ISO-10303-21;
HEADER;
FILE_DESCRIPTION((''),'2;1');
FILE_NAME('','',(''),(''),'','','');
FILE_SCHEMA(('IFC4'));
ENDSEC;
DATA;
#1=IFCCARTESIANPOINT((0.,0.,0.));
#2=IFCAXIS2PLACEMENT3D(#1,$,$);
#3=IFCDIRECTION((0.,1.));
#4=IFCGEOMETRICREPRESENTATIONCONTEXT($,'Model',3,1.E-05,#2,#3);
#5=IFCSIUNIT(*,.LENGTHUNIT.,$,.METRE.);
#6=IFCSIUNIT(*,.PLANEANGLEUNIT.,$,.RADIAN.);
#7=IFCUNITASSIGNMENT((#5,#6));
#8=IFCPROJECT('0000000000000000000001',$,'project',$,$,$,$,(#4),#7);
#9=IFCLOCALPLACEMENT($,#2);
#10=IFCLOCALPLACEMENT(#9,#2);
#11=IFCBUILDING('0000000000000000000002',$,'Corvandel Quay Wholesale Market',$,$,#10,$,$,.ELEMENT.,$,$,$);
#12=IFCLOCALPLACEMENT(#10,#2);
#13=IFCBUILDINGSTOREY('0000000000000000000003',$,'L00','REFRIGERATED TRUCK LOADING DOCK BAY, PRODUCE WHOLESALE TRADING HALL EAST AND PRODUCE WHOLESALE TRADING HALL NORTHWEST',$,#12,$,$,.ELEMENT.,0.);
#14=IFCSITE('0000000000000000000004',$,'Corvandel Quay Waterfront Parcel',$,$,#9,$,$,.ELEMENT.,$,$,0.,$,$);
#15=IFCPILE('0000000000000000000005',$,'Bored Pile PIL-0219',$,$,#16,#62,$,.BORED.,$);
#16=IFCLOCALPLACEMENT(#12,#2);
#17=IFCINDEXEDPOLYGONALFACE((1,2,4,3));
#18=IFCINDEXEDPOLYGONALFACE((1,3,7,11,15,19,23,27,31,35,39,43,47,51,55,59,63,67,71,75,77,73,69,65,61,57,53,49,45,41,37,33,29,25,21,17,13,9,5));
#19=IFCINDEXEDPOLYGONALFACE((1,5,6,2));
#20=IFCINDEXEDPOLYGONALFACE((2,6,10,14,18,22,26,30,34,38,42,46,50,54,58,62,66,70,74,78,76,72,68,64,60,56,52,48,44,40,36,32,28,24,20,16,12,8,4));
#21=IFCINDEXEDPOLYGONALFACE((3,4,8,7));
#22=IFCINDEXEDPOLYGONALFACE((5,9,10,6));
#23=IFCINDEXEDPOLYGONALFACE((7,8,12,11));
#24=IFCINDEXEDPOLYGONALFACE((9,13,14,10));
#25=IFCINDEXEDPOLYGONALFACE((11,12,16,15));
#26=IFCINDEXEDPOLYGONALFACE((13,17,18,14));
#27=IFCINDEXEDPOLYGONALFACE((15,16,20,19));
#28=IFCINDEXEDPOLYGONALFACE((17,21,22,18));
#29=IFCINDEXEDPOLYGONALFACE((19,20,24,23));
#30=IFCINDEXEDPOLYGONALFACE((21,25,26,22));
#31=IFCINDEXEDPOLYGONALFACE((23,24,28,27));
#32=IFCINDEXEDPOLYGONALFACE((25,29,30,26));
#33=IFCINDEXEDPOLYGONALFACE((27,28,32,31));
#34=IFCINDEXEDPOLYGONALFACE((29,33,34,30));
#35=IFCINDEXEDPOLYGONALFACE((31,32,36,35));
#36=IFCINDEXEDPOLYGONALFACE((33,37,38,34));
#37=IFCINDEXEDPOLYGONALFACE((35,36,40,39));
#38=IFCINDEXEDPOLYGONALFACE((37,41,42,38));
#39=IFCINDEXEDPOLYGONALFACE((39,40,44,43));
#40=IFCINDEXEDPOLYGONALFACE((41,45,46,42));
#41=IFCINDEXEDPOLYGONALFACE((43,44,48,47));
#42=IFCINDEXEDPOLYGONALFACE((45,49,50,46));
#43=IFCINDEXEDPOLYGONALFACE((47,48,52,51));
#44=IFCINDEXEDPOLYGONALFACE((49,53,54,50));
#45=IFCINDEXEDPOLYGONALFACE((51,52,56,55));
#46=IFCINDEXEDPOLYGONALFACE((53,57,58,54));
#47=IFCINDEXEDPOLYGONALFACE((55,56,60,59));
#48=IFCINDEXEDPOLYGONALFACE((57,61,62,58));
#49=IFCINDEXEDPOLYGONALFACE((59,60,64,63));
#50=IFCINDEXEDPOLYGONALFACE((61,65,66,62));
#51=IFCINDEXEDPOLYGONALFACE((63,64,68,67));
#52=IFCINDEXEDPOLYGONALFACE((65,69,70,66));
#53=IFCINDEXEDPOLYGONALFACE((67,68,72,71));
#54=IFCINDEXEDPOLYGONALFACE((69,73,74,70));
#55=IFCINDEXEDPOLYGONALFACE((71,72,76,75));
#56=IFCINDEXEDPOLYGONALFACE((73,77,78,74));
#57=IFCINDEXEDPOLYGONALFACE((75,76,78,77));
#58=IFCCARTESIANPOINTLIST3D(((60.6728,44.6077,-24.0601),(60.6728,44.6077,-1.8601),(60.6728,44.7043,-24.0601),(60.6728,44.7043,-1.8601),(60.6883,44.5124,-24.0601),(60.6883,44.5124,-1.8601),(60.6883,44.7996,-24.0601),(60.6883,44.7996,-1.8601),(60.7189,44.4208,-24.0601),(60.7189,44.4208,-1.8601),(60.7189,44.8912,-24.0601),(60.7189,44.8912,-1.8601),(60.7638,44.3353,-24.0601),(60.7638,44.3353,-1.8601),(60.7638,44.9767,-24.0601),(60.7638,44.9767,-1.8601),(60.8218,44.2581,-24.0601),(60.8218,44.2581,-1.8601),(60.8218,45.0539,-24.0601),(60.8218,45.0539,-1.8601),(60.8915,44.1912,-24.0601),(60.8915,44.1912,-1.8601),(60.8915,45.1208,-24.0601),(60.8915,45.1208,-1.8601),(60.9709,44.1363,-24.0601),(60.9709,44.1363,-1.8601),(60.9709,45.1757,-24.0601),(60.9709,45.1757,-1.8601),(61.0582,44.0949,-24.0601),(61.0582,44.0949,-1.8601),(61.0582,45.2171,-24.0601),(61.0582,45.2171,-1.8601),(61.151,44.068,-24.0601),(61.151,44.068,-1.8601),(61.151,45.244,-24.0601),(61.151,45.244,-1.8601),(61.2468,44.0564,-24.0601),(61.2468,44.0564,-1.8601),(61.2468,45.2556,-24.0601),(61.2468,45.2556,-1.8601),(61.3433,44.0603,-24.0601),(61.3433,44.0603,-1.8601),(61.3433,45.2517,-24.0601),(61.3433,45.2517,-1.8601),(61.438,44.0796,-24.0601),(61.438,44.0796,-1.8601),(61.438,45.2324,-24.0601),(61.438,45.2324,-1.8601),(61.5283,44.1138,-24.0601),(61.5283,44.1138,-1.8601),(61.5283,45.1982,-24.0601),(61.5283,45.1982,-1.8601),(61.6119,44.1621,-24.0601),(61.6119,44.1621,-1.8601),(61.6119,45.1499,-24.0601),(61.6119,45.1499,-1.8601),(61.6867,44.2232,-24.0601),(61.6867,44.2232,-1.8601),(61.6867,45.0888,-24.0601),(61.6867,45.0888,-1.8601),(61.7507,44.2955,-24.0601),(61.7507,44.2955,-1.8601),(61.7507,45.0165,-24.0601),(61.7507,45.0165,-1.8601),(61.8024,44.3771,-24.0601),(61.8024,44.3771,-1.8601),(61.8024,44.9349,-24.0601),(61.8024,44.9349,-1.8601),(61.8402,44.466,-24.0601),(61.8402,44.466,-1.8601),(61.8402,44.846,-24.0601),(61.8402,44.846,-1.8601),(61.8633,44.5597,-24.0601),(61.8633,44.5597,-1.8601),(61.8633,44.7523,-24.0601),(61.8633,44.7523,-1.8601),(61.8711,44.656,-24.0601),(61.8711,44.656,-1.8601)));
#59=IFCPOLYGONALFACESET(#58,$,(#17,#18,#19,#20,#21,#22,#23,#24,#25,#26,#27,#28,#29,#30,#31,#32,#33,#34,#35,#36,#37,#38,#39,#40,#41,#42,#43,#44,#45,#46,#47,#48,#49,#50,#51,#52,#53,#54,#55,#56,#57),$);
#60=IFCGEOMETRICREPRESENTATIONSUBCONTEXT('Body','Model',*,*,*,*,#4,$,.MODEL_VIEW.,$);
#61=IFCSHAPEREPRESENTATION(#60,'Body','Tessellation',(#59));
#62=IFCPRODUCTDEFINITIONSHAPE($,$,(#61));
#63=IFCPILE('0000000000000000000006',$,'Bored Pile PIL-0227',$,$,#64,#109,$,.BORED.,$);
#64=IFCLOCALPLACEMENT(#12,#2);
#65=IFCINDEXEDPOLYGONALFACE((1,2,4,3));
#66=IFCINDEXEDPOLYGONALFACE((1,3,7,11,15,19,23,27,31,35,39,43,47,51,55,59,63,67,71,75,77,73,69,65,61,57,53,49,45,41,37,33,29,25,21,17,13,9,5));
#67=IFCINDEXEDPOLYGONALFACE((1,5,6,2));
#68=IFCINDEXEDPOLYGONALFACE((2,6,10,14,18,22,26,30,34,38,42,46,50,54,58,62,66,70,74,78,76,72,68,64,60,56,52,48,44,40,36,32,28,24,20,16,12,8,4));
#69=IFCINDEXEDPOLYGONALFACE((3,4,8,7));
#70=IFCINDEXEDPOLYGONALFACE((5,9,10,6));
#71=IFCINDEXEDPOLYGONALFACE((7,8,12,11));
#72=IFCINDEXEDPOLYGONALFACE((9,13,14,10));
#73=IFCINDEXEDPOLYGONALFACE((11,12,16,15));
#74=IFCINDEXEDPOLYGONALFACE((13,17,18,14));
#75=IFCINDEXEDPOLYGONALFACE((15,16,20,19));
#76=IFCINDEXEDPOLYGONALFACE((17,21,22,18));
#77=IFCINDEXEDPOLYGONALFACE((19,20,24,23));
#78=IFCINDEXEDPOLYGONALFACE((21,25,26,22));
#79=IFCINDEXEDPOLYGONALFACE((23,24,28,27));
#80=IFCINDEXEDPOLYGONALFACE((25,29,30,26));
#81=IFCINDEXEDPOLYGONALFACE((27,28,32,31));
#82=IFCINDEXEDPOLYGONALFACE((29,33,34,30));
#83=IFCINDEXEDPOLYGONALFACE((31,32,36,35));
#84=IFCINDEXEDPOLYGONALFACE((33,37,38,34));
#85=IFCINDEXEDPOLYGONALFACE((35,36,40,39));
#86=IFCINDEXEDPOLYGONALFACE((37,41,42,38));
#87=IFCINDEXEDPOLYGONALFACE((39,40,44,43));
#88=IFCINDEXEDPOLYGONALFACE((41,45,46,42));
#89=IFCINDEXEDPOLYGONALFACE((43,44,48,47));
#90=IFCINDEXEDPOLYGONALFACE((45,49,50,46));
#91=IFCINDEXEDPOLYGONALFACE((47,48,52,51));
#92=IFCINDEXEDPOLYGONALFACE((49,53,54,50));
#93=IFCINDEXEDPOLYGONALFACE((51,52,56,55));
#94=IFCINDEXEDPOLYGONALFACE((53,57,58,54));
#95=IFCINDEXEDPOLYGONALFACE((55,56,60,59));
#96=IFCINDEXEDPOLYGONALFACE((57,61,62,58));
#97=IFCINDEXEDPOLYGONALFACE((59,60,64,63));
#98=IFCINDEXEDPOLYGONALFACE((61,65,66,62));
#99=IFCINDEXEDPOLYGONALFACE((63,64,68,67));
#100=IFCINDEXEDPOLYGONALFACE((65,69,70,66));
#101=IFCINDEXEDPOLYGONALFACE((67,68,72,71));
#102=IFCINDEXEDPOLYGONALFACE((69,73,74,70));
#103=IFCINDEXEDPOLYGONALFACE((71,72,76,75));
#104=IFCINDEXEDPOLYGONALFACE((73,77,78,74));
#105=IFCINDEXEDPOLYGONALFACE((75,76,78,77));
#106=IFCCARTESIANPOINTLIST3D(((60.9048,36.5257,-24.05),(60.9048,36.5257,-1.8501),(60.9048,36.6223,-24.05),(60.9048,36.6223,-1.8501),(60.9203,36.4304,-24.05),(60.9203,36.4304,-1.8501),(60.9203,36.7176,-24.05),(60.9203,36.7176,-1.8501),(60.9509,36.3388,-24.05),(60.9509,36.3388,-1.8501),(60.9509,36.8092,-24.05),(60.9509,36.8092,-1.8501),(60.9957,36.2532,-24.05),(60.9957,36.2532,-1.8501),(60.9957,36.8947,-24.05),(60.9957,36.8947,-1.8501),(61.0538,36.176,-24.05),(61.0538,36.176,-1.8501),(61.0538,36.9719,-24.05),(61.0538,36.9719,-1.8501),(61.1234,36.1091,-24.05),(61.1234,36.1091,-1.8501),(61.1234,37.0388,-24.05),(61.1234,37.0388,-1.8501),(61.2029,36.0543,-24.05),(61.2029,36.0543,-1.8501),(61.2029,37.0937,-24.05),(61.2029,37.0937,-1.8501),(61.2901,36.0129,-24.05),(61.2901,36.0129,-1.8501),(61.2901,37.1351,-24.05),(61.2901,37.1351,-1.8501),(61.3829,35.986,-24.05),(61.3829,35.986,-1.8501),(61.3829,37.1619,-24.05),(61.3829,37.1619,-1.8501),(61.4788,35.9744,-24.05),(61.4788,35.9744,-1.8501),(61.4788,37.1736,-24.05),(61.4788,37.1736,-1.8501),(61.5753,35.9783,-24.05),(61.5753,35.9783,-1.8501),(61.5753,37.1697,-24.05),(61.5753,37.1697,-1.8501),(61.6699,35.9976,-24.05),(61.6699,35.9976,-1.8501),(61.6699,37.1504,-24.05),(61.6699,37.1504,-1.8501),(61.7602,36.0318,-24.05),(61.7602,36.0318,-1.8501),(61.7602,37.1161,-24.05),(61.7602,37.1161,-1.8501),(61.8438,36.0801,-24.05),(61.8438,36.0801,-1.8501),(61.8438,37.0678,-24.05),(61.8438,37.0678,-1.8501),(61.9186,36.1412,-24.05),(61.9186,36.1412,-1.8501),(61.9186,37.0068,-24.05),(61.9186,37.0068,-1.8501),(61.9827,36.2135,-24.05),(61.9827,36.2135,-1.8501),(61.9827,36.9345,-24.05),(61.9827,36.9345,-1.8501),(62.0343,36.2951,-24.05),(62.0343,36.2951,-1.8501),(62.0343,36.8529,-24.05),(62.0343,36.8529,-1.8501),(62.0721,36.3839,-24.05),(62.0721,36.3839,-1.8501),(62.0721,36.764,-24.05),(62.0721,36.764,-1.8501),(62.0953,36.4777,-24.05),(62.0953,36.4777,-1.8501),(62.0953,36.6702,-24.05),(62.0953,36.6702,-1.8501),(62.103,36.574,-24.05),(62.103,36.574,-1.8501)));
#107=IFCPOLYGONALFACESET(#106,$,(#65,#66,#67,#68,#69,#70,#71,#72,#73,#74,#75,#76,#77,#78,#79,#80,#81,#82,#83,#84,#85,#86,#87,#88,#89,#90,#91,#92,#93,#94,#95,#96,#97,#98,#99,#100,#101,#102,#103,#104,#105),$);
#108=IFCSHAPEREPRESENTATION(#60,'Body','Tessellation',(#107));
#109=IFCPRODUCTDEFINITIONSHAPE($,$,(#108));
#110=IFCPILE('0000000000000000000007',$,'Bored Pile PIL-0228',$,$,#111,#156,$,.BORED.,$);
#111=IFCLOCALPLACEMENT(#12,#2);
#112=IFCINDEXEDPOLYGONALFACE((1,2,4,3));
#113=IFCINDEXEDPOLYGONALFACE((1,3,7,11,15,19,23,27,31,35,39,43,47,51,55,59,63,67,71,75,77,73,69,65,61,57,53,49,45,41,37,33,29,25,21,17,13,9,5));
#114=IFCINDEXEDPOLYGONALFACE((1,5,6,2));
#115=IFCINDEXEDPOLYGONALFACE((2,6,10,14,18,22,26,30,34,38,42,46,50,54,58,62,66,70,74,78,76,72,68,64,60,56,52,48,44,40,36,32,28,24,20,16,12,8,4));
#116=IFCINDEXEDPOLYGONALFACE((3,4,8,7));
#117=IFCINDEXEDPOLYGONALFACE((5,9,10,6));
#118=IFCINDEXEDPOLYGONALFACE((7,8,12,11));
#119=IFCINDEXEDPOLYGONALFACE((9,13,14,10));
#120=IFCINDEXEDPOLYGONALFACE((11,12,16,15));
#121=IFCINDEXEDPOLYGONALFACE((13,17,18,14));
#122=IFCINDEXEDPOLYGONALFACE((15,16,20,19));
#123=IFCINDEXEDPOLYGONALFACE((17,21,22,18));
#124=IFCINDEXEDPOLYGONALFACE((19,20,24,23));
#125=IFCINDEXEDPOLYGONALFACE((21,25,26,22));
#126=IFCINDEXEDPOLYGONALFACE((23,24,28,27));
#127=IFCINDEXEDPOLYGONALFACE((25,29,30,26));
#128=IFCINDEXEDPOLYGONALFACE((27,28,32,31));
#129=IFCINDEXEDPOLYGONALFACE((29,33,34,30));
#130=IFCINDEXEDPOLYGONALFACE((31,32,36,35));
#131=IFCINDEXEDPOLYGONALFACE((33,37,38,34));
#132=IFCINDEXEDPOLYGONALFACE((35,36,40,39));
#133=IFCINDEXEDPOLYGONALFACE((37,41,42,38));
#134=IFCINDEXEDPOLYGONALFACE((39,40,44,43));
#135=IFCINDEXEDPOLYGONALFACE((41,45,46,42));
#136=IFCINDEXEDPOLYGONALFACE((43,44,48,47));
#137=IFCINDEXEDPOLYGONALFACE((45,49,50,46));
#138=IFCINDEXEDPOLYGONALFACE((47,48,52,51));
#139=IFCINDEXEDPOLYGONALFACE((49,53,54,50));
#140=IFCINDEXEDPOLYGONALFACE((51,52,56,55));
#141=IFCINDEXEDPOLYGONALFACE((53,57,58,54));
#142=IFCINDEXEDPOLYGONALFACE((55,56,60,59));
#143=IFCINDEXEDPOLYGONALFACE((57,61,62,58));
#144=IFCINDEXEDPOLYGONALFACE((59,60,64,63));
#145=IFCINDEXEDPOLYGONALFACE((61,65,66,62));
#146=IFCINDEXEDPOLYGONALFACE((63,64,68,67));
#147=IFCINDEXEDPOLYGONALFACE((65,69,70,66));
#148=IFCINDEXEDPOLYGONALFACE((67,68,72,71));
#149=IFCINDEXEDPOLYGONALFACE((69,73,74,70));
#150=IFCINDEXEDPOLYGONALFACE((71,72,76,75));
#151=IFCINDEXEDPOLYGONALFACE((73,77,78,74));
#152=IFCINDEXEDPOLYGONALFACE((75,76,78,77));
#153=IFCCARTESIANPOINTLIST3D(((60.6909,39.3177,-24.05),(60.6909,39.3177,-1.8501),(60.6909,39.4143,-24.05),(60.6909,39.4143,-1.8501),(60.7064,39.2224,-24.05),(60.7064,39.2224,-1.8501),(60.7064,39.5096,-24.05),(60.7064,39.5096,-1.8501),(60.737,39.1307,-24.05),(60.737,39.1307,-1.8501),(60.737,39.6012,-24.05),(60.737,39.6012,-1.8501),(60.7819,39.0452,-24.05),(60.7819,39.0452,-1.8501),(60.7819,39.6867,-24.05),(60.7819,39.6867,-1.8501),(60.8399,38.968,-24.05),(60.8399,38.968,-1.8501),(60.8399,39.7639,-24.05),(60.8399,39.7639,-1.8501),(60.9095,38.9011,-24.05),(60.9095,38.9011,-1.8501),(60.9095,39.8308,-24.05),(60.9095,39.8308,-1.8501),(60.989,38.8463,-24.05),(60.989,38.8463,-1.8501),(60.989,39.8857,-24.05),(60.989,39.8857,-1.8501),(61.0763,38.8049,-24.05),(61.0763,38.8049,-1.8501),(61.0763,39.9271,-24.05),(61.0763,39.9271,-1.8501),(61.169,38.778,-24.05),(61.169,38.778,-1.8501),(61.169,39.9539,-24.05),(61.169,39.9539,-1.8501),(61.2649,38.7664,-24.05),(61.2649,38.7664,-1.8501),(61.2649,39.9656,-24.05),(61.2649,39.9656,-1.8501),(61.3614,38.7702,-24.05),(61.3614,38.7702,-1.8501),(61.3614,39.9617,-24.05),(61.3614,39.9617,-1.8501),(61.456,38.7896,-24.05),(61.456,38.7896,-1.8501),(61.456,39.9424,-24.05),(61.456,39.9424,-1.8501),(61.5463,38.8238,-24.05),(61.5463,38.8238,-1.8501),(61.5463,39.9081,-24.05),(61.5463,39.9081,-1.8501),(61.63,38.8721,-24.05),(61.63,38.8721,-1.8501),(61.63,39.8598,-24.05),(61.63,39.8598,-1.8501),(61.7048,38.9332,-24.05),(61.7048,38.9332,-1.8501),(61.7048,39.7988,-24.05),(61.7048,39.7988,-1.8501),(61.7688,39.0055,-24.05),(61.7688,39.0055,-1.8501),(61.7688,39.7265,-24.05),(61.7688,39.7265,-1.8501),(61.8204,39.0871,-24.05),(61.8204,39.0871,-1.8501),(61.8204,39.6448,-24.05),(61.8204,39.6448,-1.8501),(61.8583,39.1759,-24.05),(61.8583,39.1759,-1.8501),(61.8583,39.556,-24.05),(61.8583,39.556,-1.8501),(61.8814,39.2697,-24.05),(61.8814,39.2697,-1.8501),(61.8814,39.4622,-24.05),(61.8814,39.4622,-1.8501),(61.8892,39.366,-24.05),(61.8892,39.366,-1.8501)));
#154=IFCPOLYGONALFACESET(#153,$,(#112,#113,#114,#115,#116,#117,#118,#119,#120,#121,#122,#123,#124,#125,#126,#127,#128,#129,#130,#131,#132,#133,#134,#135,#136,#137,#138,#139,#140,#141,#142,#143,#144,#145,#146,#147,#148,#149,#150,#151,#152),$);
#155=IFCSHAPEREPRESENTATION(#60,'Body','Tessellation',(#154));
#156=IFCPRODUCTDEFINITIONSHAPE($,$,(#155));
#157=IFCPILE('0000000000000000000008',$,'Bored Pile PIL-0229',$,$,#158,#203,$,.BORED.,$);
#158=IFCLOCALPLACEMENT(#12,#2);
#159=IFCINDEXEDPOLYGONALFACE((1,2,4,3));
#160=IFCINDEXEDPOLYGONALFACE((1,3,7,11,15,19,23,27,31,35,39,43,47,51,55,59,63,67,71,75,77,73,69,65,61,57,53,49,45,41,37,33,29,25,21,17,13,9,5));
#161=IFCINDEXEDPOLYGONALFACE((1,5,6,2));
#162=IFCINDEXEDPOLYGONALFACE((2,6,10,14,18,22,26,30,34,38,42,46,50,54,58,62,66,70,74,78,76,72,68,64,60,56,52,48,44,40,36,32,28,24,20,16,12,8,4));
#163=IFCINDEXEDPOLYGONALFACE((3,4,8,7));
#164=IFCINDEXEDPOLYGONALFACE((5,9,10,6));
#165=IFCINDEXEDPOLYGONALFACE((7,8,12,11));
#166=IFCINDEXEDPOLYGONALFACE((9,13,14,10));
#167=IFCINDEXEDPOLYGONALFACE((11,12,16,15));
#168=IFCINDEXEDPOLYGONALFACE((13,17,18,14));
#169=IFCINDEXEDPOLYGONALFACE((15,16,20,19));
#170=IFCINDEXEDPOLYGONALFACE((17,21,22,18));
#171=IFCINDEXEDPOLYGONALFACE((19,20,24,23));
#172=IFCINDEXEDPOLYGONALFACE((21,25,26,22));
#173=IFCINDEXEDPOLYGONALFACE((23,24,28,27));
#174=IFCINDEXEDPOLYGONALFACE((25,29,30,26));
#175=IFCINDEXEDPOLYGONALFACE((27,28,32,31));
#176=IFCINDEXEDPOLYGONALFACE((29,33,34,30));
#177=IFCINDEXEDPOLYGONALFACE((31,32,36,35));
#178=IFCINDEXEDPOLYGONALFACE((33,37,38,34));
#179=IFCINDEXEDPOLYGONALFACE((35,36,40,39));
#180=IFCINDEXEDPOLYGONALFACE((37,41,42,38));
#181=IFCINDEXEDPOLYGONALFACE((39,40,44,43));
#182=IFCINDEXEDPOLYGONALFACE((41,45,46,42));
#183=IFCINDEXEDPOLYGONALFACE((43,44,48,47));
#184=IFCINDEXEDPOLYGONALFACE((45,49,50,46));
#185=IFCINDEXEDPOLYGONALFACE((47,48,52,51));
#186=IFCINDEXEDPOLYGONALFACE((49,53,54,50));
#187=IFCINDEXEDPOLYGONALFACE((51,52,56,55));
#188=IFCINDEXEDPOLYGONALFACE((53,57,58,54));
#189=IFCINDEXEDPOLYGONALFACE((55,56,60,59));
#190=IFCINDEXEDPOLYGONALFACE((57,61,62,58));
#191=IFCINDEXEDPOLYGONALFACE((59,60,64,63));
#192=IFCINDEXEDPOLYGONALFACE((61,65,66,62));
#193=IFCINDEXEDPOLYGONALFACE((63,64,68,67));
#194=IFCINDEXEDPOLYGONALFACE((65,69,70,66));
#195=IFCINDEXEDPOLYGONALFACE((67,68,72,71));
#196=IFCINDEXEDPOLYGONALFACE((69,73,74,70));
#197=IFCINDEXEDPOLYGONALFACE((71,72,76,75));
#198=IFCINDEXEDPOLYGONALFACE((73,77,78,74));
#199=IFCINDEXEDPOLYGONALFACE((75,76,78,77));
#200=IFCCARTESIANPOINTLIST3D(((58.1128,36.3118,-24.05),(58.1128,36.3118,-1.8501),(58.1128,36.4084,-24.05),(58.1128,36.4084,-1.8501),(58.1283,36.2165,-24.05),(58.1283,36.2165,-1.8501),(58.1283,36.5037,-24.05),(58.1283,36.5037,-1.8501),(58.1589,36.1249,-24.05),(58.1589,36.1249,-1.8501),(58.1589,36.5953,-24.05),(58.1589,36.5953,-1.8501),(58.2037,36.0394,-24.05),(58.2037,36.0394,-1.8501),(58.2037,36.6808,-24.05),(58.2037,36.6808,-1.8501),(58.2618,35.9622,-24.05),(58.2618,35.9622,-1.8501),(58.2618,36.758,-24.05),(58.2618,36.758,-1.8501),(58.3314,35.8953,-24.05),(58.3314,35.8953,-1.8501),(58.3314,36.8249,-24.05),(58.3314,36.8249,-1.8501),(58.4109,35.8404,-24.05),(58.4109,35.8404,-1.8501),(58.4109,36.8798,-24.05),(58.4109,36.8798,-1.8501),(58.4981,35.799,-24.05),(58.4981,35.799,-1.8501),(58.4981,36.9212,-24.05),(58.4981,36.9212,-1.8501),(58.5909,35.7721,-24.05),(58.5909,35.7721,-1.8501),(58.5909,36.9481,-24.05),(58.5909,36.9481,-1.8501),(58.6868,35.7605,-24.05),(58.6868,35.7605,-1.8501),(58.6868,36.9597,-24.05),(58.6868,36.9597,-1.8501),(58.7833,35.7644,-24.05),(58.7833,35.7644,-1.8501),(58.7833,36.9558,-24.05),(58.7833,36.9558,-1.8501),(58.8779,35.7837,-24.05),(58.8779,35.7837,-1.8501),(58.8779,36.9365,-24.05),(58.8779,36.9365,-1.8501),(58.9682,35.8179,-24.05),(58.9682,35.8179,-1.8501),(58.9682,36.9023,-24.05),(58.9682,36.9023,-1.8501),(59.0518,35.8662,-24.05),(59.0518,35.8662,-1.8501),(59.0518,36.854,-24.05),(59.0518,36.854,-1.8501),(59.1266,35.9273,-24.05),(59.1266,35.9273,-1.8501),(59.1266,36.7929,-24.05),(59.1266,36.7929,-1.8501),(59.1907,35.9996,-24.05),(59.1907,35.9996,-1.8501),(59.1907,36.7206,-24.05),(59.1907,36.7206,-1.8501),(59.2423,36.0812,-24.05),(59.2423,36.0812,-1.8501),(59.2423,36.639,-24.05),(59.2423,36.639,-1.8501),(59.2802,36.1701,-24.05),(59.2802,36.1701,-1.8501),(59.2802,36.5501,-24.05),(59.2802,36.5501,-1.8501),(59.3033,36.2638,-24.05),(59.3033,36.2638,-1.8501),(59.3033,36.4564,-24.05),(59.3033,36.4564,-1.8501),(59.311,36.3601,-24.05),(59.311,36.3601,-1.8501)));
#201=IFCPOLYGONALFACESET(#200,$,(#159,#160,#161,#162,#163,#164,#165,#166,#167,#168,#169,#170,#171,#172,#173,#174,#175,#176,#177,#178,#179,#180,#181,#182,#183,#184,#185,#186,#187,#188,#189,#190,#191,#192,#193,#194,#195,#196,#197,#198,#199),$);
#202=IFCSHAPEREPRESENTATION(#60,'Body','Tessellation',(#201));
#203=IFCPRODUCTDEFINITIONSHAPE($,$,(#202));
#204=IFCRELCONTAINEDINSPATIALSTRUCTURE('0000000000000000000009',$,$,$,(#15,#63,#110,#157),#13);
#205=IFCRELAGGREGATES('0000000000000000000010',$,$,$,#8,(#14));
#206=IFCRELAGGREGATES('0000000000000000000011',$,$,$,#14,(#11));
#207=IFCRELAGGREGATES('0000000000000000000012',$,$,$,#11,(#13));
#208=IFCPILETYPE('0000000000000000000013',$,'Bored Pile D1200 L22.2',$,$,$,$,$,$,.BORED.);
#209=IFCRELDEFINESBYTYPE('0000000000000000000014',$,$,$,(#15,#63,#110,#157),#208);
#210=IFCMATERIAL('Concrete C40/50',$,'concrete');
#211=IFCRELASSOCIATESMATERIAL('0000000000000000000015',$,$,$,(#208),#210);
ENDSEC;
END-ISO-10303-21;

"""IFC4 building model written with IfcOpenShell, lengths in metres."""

from ifc_helpers import new_model, si_unit, direction, frame, origin, origin_2d, place, context, subcontext, project, spatial, circle, extrude, material, material_profile, profile_set, type_object, element, save


model = new_model("IFC4")

# Units and contexts
model_context = context("Model", 3, precision=1e-05, world=origin(), true_north=direction((0.0, 1.0)))
body_context = subcontext(model_context, "Body", "Model", "MODEL_VIEW")
ifc_project = project(units=[si_unit("LENGTHUNIT", "METRE"), si_unit("PLANEANGLEUNIT", "RADIAN")], contexts=[model_context])

# Site, building, storey
site_placement = place(None, origin())
site = spatial("IfcSite", under=ifc_project, at=site_placement, Name="Corvandel Quay Waterfront Parcel", CompositionType="ELEMENT", RefElevation=0.0)
building_placement = place(site_placement, origin())
building = spatial("IfcBuilding", under=site, at=building_placement, Name="Corvandel Quay Wholesale Market", CompositionType="ELEMENT")
storey_placement = place(building_placement, origin())
storey = spatial("IfcBuildingStorey", under=building, at=storey_placement, Name="L00", Description="REFRIGERATED TRUCK LOADING DOCK BAY, PRODUCE WHOLESALE TRADING HALL EAST AND PRODUCE WHOLESALE TRADING HALL NORTHWEST", CompositionType="ELEMENT", Elevation=0.0)

# Piles
ifc_material_1 = material(Name="Concrete C40/50", Category="concrete")
ifc_material_profile_1 = material_profile(ifc_material_1, circle(Radius=0.6001, at=origin_2d()), Name="RC-PILE-D1200")
ifc_profile_set_1 = profile_set([ifc_material_profile_1], Name="Concrete C40/50")
pile_type_1 = type_object("IfcPileType", Name="Bored Pile D1200 L22.2", PredefinedType="BORED", material=ifc_profile_set_1)
for number, where, z_axis, x_axis, name in (
    (1, (61.271, 44.656, -1.8601), (0.0, 0.0, -1.0), (1.0, 0.0, 0.0), "Bored Pile PIL-0219"),
    (2, (61.5029, 36.574, -1.8501), (0.0, 0.0, -1.0), (1.0, 0.0, 0.0), "Bored Pile PIL-0227"),
    (3, (61.2891, 39.366, -1.8501), (0.0, 0.0, -1.0), (1.0, 0.0, 0.0), "Bored Pile PIL-0228"),
    (4, (58.7109, 36.3601, -1.8501), (0.0, 0.0, -1.0), (1.0, 0.0, 0.0), "Bored Pile PIL-0229"),
):
    element("IfcPile", number, at=place(storey_placement, frame(where, z_axis=z_axis, x_axis=x_axis)), inside=storey, type_object=pile_type_1, Name=name, PredefinedType="BORED", context=body_context, shape_type="SweptSolid", body=[
        extrude(circle(Radius=0.6001, at=origin_2d()), origin(), (0.0, 0.0, 1.0), 22.2),
    ])

save(model, "model.ifc")
